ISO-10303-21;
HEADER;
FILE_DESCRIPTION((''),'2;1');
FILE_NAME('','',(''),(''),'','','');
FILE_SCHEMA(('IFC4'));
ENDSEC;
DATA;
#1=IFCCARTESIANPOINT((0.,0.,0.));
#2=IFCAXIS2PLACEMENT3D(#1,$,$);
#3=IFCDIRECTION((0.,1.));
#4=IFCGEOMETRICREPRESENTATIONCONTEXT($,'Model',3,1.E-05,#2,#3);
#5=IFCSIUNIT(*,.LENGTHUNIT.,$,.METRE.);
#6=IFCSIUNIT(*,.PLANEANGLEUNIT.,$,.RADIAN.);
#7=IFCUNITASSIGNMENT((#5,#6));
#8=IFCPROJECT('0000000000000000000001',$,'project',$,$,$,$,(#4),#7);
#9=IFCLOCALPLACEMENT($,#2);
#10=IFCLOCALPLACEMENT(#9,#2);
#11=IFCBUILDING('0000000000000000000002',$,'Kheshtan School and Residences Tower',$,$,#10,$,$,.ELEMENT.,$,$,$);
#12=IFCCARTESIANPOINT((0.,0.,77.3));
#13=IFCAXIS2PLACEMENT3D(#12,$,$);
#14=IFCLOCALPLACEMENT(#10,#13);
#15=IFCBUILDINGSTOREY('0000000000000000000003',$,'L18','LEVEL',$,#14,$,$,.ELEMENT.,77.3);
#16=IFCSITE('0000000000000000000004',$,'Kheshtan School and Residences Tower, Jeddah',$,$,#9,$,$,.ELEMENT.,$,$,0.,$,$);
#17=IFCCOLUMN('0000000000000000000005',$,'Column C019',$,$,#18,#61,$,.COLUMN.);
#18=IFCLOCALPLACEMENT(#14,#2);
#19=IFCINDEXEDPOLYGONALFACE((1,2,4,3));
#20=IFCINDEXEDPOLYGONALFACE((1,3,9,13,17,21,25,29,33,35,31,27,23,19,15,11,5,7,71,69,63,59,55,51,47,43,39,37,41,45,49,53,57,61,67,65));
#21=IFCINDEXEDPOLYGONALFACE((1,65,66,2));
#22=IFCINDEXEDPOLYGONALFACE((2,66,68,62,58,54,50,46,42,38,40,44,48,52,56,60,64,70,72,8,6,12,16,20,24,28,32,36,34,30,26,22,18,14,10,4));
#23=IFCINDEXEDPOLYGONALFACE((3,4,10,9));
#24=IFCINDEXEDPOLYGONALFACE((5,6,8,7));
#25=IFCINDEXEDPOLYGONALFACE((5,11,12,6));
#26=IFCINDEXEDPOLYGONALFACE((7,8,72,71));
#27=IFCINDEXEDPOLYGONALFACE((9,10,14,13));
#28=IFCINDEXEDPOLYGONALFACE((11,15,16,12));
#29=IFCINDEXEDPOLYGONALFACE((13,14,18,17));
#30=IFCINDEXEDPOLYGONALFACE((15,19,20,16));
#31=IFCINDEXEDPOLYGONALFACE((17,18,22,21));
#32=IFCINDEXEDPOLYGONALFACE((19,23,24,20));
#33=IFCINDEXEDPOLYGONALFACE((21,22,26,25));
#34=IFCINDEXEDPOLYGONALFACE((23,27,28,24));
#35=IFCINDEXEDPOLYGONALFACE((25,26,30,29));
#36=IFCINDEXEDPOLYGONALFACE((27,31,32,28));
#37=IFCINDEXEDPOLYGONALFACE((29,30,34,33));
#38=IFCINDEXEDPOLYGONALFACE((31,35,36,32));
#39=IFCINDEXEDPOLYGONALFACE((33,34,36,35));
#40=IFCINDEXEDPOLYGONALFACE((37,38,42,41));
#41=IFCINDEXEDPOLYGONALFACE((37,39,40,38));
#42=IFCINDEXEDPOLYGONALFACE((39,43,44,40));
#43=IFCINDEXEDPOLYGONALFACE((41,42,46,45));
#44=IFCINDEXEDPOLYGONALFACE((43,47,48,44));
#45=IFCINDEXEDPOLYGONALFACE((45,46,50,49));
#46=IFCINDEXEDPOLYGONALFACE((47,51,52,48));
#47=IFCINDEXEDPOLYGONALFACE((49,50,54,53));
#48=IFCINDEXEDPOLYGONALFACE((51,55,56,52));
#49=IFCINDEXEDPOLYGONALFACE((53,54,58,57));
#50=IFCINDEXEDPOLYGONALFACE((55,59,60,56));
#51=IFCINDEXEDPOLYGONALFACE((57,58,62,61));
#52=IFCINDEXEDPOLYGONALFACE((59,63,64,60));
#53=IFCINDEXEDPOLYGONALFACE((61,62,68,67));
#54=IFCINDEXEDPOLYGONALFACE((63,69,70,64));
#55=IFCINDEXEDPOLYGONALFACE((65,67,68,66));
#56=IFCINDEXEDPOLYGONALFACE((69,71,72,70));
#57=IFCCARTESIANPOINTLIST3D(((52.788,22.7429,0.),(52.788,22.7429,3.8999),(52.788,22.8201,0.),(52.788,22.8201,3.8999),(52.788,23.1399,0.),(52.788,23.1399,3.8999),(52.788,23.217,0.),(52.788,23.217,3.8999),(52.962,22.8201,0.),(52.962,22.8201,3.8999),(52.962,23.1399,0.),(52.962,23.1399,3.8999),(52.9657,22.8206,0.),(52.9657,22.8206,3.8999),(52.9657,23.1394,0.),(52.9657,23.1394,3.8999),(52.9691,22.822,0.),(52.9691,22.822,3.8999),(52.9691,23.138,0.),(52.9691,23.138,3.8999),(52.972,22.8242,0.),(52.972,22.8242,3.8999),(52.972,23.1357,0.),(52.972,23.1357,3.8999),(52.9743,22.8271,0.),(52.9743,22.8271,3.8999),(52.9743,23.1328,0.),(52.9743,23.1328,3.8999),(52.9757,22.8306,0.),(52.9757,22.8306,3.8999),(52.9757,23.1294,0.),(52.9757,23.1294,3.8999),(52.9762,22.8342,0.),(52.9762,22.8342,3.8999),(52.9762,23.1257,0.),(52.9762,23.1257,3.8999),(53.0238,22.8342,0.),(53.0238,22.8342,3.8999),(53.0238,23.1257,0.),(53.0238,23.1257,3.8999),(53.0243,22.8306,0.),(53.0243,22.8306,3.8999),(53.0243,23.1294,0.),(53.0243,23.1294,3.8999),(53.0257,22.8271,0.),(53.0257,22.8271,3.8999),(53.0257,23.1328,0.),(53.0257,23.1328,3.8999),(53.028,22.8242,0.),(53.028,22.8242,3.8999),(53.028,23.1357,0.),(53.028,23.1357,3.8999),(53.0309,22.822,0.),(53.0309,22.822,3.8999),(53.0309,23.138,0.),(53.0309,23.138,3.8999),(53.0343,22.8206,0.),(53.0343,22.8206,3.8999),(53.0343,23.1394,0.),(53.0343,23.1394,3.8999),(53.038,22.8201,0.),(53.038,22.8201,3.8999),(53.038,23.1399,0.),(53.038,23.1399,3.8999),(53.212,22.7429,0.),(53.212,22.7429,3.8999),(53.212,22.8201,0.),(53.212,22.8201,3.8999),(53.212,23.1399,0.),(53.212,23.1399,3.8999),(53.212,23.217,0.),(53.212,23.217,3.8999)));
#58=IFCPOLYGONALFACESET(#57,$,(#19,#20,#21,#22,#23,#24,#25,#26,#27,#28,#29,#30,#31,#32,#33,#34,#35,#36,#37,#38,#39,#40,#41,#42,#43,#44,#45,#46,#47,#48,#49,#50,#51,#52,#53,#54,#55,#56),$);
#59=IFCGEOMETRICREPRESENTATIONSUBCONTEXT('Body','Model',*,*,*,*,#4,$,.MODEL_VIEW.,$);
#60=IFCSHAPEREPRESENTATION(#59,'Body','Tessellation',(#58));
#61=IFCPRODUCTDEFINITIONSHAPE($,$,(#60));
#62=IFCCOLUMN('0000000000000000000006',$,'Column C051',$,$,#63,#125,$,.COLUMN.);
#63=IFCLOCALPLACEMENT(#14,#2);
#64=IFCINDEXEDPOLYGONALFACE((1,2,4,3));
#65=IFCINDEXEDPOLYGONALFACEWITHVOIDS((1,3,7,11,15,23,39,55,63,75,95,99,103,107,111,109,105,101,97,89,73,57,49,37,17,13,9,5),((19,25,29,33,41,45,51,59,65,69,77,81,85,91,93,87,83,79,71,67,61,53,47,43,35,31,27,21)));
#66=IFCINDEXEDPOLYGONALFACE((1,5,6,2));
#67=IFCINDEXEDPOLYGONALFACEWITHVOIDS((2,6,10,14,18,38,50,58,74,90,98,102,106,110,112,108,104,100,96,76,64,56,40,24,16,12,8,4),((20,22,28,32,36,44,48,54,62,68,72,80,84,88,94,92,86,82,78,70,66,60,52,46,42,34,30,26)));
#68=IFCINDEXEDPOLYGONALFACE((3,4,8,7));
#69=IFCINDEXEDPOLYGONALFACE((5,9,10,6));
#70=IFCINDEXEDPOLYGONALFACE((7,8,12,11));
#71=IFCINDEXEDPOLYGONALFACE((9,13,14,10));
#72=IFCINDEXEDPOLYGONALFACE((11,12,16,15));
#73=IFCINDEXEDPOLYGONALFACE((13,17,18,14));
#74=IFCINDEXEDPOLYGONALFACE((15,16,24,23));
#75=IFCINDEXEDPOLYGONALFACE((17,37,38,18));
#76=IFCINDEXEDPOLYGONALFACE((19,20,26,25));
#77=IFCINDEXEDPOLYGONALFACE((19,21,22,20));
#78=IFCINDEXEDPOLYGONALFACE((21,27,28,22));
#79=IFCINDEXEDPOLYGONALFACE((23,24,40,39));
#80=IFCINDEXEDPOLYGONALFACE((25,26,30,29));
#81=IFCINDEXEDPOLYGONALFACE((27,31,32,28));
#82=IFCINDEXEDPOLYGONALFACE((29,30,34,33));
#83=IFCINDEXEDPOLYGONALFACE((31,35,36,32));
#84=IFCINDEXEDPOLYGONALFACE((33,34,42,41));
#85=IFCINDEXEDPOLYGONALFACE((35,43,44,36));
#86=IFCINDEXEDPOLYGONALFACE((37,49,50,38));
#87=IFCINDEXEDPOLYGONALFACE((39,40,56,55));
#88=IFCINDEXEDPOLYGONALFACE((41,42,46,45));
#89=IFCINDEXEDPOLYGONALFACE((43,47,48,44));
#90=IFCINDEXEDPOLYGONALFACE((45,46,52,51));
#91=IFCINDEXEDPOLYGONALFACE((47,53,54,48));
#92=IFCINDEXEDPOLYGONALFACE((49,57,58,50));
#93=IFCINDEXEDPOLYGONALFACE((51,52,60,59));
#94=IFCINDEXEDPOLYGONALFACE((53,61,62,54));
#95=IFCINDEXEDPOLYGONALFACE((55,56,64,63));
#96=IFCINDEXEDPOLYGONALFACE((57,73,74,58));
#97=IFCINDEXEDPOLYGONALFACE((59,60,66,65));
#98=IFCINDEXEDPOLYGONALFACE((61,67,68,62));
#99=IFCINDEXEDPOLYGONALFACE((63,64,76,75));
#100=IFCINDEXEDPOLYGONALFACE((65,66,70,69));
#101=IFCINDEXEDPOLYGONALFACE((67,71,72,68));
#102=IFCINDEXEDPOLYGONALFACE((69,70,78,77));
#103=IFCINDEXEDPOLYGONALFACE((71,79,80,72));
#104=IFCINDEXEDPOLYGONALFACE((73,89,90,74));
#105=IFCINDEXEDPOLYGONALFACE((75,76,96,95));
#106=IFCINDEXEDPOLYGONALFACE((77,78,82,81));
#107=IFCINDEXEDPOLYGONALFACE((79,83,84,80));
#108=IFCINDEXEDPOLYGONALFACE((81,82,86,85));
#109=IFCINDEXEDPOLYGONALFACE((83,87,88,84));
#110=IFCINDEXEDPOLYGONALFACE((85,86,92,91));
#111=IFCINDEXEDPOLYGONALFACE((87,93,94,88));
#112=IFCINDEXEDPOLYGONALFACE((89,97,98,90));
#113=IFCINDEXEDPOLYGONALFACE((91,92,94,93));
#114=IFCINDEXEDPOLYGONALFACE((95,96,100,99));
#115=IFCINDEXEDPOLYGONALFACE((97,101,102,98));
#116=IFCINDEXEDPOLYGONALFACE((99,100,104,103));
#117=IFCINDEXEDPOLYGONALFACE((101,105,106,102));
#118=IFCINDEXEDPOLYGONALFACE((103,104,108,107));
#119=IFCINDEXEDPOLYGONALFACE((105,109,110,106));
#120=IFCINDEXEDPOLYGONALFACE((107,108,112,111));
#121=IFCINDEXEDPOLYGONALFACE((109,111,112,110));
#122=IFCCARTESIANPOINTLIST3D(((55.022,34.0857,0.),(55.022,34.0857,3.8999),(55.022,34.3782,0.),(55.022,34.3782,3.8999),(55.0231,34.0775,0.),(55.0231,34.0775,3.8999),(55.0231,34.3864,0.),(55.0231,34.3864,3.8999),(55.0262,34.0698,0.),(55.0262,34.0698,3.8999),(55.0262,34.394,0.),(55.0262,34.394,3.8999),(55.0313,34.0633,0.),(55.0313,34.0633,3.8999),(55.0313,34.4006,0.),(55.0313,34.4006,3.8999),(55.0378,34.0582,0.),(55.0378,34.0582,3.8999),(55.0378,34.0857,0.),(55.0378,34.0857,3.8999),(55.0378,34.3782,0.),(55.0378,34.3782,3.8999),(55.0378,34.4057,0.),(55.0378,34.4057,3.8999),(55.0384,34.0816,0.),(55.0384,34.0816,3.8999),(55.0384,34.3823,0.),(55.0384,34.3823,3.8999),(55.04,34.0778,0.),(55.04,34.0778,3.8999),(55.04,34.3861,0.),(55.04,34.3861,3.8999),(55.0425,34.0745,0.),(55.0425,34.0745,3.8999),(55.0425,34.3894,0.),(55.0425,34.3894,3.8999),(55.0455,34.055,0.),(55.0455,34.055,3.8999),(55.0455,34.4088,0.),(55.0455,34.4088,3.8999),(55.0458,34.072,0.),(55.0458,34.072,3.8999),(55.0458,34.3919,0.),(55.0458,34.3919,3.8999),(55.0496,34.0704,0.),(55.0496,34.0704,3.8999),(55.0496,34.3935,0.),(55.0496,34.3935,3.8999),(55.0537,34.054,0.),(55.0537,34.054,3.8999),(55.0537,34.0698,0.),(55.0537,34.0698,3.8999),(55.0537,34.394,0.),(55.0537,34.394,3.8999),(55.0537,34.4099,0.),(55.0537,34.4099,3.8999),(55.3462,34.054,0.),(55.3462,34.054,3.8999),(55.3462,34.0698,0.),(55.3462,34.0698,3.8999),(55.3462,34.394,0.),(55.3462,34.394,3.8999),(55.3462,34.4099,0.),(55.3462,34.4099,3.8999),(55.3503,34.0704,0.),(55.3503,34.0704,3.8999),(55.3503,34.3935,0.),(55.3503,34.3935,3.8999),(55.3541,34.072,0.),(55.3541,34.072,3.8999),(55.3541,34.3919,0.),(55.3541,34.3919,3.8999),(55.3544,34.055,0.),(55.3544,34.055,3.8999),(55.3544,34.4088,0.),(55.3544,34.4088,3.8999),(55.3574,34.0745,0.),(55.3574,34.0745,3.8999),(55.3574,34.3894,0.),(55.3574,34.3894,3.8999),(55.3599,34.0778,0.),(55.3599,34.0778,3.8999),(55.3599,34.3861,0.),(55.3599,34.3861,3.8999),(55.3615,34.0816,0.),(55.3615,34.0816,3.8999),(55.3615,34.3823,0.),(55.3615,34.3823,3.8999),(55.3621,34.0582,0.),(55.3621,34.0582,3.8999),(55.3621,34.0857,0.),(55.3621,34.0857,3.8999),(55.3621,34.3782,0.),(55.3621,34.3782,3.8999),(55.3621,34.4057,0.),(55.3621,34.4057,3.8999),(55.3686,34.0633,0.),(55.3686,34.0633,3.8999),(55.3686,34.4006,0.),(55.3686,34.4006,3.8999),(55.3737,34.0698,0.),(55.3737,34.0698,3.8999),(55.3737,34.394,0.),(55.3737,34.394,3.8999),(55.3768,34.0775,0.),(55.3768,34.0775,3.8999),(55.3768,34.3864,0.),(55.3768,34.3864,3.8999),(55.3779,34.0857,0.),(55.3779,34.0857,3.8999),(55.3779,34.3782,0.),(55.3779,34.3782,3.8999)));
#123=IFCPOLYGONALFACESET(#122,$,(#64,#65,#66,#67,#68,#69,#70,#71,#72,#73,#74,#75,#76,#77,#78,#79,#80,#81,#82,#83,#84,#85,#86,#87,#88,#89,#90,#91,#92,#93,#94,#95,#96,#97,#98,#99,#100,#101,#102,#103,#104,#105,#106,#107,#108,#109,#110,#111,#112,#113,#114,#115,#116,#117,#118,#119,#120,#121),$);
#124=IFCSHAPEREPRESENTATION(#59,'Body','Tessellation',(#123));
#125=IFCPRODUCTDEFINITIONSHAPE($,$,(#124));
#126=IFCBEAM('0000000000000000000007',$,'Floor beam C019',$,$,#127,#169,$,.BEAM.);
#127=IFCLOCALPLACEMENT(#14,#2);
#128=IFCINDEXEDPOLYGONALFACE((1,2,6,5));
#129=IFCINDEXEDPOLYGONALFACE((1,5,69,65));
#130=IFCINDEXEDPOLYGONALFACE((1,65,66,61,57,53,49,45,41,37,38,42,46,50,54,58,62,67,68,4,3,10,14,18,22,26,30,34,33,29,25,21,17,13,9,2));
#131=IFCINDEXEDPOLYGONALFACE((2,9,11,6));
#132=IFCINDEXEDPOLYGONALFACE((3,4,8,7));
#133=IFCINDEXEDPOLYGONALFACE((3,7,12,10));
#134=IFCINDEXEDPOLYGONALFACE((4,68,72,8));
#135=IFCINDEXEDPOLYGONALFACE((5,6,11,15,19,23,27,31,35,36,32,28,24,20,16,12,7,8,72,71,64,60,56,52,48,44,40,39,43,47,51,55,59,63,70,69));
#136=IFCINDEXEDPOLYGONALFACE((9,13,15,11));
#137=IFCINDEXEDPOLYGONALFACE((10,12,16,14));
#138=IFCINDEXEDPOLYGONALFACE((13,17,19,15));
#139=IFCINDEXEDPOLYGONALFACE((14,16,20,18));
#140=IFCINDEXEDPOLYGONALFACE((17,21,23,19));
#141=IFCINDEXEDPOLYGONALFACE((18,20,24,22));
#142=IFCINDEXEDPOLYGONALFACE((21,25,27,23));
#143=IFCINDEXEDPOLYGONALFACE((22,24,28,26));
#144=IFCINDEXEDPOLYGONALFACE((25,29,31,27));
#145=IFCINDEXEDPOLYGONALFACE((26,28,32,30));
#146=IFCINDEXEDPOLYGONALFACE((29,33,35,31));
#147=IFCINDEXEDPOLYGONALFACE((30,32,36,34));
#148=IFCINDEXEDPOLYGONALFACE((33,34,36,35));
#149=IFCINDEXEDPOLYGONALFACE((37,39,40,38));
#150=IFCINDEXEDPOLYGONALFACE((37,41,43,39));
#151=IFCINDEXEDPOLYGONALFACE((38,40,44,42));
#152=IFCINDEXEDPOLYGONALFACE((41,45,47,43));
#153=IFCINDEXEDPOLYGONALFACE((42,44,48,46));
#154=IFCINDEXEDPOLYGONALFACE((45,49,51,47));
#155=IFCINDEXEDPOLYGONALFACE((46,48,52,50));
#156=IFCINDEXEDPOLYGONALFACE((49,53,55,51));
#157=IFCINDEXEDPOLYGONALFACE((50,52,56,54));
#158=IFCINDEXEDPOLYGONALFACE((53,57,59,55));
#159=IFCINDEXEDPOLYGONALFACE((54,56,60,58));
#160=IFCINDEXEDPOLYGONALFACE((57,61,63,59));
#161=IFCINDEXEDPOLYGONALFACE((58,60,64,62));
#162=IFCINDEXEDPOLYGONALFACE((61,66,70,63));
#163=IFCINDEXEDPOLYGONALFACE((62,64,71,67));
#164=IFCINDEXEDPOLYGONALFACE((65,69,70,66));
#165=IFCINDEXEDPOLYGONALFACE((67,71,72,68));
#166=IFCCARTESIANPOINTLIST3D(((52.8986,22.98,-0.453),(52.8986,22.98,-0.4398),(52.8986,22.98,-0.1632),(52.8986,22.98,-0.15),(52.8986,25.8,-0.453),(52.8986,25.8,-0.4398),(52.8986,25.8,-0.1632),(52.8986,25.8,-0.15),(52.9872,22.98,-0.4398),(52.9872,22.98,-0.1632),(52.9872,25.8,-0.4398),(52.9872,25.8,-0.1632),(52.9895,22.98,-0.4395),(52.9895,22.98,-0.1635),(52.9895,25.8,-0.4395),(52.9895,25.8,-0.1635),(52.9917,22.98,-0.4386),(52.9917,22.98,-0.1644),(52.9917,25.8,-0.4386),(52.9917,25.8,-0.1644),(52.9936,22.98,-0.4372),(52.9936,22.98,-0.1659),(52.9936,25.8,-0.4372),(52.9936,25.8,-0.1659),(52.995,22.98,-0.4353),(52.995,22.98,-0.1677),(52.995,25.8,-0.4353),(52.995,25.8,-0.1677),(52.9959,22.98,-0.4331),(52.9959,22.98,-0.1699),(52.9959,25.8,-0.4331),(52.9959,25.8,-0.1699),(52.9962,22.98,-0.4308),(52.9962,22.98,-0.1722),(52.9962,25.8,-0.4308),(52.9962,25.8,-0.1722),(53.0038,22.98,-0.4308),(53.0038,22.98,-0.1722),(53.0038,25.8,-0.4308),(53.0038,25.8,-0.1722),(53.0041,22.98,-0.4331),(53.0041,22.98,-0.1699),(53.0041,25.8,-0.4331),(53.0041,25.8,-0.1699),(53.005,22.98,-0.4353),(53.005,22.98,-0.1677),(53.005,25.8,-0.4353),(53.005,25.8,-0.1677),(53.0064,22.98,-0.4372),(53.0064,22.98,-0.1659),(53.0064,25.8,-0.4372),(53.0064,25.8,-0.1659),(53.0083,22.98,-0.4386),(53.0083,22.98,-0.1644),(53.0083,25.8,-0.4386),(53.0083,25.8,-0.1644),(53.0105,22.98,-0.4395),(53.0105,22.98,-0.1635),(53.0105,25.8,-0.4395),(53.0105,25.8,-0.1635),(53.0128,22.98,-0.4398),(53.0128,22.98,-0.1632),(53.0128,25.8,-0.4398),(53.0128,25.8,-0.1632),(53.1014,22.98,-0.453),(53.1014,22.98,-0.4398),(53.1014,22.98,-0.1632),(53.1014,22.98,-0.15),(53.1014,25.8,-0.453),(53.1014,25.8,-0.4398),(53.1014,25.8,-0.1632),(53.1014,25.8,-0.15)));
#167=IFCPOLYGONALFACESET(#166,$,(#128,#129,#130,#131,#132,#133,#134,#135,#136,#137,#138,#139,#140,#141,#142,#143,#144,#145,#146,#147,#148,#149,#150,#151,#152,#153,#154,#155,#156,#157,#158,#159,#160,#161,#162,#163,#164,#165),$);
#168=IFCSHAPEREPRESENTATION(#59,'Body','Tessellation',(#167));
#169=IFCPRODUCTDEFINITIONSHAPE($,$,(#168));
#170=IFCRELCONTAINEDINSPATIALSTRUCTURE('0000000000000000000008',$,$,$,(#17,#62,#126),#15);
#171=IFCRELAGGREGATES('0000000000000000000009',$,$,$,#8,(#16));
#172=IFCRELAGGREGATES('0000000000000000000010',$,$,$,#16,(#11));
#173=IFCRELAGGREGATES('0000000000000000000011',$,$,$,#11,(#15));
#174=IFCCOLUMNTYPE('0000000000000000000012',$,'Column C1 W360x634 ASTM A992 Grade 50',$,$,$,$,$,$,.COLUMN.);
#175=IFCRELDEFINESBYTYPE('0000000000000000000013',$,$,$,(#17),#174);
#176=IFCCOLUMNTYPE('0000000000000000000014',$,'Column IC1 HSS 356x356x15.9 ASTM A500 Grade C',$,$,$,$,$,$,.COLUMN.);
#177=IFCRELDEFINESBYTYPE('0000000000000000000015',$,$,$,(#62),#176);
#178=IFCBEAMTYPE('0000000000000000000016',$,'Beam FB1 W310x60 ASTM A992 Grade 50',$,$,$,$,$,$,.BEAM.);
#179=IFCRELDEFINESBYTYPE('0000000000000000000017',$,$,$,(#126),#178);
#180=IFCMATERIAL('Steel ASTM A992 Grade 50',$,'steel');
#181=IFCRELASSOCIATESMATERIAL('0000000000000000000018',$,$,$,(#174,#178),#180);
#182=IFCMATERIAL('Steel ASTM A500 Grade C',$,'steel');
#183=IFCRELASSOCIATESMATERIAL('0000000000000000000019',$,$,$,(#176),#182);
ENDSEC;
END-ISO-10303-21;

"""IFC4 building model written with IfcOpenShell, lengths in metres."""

from ifc_helpers import new_model, si_unit, direction, frame, origin, origin_2d, place, context, subcontext, project, spatial, hollow_rectangle, i_section, extrude, material, material_profile, profile_set, type_object, element, save


model = new_model("IFC4")

# Units and contexts
model_context = context("Model", 3, precision=1e-05, world=origin(), true_north=direction((0.0, 1.0)))
body_context = subcontext(model_context, "Body", "Model", "MODEL_VIEW")
ifc_project = project(units=[si_unit("LENGTHUNIT", "METRE"), si_unit("PLANEANGLEUNIT", "RADIAN")], contexts=[model_context])

# Site, building, storey
site_placement = place(None, origin())
site = spatial("IfcSite", under=ifc_project, at=site_placement, Name="Kheshtan School and Residences Tower, Jeddah", CompositionType="ELEMENT", RefElevation=0.0)
building_placement = place(site_placement, origin())
building = spatial("IfcBuilding", under=site, at=building_placement, Name="Kheshtan School and Residences Tower", CompositionType="ELEMENT")
storey_placement = place(building_placement, frame((0.0, 0.0, 77.3)))
storey = spatial("IfcBuildingStorey", under=building, at=storey_placement, Name="L18", Description="LEVEL", CompositionType="ELEMENT", Elevation=77.3)

# Columns
ifc_material_1 = material(Name="Steel ASTM A992 Grade 50", Category="steel")
ifc_material_profile_1 = material_profile(ifc_material_1, i_section(OverallWidth=0.4241, OverallDepth=0.4741, WebThickness=0.0476, FlangeThickness=0.0771, FilletRadius=0.0142, at=origin_2d()), Name="W360x634")
ifc_profile_set_1 = profile_set([ifc_material_profile_1], Name="Steel ASTM A992 Grade 50")
column_type_1 = type_object("IfcColumnType", Name="Column C1 W360x634 ASTM A992 Grade 50", PredefinedType="COLUMN", material=ifc_profile_set_1)
column_1_placement = place(storey_placement, frame((53.0, 22.98, 0.0), z_axis=(0.0, 0.0, 1.0), x_axis=(1.0, 0.0, 0.0)))
element("IfcColumn", 1, at=column_1_placement, inside=storey, type_object=column_type_1, Name="Column C019", PredefinedType="COLUMN", context=body_context, shape_type="SweptSolid", body=[
    extrude(i_section(OverallWidth=0.4241, OverallDepth=0.4741, WebThickness=0.0476, FlangeThickness=0.0771, FilletRadius=0.0142, at=origin_2d()), origin(), (0.0, 0.0, 1.0), 3.8999),
])
ifc_material_2 = material(Name="Steel ASTM A500 Grade C", Category="steel")
ifc_material_profile_2 = material_profile(ifc_material_2, hollow_rectangle(XDim=0.356, YDim=0.356, WallThickness=0.0159, InnerFilletRadius=0.0159, OuterFilletRadius=0.0317, at=origin_2d()), Name="HSS 356x356x15.9")
ifc_profile_set_2 = profile_set([ifc_material_profile_2], Name="Steel ASTM A500 Grade C")
column_type_2 = type_object("IfcColumnType", Name="Column IC1 HSS 356x356x15.9 ASTM A500 Grade C", PredefinedType="COLUMN", material=ifc_profile_set_2)
column_2_placement = place(storey_placement, frame((55.2, 34.2319, 0.0), z_axis=(0.0, 0.0, 1.0), x_axis=(1.0, 0.0, 0.0)))
element("IfcColumn", 2, at=column_2_placement, inside=storey, type_object=column_type_2, Name="Column C051", PredefinedType="COLUMN", context=body_context, shape_type="SweptSolid", body=[
    extrude(hollow_rectangle(XDim=0.356, YDim=0.356, WallThickness=0.0159, InnerFilletRadius=0.0159, OuterFilletRadius=0.0317, at=origin_2d()), origin(), (0.0, 0.0, 1.0), 3.8999),
])

# Beam
ifc_material_profile_3 = material_profile(ifc_material_1, i_section(OverallWidth=0.2029, OverallDepth=0.303, WebThickness=0.0076, FlangeThickness=0.0132, FilletRadius=0.009, at=origin_2d()), Name="W310x60")
ifc_profile_set_3 = profile_set([ifc_material_profile_3], Name="Steel ASTM A992 Grade 50")
beam_type_1 = type_object("IfcBeamType", Name="Beam FB1 W310x60 ASTM A992 Grade 50", PredefinedType="BEAM", material=ifc_profile_set_3)
beam_1_placement = place(storey_placement, frame((53.0, 22.98, -0.3015), z_axis=(0.0, 1.0, 0.0), x_axis=(-1.0, 0.0, 0.0)))
element("IfcBeam", 3, at=beam_1_placement, inside=storey, type_object=beam_type_1, Name="Floor beam C019", PredefinedType="BEAM", context=body_context, shape_type="SweptSolid", body=[
    extrude(i_section(OverallWidth=0.2029, OverallDepth=0.303, WebThickness=0.0076, FlangeThickness=0.0132, FilletRadius=0.009, at=origin_2d()), origin(), (0.0, 0.0, 1.0), 2.8201),
])

save(model, "model.ifc")
